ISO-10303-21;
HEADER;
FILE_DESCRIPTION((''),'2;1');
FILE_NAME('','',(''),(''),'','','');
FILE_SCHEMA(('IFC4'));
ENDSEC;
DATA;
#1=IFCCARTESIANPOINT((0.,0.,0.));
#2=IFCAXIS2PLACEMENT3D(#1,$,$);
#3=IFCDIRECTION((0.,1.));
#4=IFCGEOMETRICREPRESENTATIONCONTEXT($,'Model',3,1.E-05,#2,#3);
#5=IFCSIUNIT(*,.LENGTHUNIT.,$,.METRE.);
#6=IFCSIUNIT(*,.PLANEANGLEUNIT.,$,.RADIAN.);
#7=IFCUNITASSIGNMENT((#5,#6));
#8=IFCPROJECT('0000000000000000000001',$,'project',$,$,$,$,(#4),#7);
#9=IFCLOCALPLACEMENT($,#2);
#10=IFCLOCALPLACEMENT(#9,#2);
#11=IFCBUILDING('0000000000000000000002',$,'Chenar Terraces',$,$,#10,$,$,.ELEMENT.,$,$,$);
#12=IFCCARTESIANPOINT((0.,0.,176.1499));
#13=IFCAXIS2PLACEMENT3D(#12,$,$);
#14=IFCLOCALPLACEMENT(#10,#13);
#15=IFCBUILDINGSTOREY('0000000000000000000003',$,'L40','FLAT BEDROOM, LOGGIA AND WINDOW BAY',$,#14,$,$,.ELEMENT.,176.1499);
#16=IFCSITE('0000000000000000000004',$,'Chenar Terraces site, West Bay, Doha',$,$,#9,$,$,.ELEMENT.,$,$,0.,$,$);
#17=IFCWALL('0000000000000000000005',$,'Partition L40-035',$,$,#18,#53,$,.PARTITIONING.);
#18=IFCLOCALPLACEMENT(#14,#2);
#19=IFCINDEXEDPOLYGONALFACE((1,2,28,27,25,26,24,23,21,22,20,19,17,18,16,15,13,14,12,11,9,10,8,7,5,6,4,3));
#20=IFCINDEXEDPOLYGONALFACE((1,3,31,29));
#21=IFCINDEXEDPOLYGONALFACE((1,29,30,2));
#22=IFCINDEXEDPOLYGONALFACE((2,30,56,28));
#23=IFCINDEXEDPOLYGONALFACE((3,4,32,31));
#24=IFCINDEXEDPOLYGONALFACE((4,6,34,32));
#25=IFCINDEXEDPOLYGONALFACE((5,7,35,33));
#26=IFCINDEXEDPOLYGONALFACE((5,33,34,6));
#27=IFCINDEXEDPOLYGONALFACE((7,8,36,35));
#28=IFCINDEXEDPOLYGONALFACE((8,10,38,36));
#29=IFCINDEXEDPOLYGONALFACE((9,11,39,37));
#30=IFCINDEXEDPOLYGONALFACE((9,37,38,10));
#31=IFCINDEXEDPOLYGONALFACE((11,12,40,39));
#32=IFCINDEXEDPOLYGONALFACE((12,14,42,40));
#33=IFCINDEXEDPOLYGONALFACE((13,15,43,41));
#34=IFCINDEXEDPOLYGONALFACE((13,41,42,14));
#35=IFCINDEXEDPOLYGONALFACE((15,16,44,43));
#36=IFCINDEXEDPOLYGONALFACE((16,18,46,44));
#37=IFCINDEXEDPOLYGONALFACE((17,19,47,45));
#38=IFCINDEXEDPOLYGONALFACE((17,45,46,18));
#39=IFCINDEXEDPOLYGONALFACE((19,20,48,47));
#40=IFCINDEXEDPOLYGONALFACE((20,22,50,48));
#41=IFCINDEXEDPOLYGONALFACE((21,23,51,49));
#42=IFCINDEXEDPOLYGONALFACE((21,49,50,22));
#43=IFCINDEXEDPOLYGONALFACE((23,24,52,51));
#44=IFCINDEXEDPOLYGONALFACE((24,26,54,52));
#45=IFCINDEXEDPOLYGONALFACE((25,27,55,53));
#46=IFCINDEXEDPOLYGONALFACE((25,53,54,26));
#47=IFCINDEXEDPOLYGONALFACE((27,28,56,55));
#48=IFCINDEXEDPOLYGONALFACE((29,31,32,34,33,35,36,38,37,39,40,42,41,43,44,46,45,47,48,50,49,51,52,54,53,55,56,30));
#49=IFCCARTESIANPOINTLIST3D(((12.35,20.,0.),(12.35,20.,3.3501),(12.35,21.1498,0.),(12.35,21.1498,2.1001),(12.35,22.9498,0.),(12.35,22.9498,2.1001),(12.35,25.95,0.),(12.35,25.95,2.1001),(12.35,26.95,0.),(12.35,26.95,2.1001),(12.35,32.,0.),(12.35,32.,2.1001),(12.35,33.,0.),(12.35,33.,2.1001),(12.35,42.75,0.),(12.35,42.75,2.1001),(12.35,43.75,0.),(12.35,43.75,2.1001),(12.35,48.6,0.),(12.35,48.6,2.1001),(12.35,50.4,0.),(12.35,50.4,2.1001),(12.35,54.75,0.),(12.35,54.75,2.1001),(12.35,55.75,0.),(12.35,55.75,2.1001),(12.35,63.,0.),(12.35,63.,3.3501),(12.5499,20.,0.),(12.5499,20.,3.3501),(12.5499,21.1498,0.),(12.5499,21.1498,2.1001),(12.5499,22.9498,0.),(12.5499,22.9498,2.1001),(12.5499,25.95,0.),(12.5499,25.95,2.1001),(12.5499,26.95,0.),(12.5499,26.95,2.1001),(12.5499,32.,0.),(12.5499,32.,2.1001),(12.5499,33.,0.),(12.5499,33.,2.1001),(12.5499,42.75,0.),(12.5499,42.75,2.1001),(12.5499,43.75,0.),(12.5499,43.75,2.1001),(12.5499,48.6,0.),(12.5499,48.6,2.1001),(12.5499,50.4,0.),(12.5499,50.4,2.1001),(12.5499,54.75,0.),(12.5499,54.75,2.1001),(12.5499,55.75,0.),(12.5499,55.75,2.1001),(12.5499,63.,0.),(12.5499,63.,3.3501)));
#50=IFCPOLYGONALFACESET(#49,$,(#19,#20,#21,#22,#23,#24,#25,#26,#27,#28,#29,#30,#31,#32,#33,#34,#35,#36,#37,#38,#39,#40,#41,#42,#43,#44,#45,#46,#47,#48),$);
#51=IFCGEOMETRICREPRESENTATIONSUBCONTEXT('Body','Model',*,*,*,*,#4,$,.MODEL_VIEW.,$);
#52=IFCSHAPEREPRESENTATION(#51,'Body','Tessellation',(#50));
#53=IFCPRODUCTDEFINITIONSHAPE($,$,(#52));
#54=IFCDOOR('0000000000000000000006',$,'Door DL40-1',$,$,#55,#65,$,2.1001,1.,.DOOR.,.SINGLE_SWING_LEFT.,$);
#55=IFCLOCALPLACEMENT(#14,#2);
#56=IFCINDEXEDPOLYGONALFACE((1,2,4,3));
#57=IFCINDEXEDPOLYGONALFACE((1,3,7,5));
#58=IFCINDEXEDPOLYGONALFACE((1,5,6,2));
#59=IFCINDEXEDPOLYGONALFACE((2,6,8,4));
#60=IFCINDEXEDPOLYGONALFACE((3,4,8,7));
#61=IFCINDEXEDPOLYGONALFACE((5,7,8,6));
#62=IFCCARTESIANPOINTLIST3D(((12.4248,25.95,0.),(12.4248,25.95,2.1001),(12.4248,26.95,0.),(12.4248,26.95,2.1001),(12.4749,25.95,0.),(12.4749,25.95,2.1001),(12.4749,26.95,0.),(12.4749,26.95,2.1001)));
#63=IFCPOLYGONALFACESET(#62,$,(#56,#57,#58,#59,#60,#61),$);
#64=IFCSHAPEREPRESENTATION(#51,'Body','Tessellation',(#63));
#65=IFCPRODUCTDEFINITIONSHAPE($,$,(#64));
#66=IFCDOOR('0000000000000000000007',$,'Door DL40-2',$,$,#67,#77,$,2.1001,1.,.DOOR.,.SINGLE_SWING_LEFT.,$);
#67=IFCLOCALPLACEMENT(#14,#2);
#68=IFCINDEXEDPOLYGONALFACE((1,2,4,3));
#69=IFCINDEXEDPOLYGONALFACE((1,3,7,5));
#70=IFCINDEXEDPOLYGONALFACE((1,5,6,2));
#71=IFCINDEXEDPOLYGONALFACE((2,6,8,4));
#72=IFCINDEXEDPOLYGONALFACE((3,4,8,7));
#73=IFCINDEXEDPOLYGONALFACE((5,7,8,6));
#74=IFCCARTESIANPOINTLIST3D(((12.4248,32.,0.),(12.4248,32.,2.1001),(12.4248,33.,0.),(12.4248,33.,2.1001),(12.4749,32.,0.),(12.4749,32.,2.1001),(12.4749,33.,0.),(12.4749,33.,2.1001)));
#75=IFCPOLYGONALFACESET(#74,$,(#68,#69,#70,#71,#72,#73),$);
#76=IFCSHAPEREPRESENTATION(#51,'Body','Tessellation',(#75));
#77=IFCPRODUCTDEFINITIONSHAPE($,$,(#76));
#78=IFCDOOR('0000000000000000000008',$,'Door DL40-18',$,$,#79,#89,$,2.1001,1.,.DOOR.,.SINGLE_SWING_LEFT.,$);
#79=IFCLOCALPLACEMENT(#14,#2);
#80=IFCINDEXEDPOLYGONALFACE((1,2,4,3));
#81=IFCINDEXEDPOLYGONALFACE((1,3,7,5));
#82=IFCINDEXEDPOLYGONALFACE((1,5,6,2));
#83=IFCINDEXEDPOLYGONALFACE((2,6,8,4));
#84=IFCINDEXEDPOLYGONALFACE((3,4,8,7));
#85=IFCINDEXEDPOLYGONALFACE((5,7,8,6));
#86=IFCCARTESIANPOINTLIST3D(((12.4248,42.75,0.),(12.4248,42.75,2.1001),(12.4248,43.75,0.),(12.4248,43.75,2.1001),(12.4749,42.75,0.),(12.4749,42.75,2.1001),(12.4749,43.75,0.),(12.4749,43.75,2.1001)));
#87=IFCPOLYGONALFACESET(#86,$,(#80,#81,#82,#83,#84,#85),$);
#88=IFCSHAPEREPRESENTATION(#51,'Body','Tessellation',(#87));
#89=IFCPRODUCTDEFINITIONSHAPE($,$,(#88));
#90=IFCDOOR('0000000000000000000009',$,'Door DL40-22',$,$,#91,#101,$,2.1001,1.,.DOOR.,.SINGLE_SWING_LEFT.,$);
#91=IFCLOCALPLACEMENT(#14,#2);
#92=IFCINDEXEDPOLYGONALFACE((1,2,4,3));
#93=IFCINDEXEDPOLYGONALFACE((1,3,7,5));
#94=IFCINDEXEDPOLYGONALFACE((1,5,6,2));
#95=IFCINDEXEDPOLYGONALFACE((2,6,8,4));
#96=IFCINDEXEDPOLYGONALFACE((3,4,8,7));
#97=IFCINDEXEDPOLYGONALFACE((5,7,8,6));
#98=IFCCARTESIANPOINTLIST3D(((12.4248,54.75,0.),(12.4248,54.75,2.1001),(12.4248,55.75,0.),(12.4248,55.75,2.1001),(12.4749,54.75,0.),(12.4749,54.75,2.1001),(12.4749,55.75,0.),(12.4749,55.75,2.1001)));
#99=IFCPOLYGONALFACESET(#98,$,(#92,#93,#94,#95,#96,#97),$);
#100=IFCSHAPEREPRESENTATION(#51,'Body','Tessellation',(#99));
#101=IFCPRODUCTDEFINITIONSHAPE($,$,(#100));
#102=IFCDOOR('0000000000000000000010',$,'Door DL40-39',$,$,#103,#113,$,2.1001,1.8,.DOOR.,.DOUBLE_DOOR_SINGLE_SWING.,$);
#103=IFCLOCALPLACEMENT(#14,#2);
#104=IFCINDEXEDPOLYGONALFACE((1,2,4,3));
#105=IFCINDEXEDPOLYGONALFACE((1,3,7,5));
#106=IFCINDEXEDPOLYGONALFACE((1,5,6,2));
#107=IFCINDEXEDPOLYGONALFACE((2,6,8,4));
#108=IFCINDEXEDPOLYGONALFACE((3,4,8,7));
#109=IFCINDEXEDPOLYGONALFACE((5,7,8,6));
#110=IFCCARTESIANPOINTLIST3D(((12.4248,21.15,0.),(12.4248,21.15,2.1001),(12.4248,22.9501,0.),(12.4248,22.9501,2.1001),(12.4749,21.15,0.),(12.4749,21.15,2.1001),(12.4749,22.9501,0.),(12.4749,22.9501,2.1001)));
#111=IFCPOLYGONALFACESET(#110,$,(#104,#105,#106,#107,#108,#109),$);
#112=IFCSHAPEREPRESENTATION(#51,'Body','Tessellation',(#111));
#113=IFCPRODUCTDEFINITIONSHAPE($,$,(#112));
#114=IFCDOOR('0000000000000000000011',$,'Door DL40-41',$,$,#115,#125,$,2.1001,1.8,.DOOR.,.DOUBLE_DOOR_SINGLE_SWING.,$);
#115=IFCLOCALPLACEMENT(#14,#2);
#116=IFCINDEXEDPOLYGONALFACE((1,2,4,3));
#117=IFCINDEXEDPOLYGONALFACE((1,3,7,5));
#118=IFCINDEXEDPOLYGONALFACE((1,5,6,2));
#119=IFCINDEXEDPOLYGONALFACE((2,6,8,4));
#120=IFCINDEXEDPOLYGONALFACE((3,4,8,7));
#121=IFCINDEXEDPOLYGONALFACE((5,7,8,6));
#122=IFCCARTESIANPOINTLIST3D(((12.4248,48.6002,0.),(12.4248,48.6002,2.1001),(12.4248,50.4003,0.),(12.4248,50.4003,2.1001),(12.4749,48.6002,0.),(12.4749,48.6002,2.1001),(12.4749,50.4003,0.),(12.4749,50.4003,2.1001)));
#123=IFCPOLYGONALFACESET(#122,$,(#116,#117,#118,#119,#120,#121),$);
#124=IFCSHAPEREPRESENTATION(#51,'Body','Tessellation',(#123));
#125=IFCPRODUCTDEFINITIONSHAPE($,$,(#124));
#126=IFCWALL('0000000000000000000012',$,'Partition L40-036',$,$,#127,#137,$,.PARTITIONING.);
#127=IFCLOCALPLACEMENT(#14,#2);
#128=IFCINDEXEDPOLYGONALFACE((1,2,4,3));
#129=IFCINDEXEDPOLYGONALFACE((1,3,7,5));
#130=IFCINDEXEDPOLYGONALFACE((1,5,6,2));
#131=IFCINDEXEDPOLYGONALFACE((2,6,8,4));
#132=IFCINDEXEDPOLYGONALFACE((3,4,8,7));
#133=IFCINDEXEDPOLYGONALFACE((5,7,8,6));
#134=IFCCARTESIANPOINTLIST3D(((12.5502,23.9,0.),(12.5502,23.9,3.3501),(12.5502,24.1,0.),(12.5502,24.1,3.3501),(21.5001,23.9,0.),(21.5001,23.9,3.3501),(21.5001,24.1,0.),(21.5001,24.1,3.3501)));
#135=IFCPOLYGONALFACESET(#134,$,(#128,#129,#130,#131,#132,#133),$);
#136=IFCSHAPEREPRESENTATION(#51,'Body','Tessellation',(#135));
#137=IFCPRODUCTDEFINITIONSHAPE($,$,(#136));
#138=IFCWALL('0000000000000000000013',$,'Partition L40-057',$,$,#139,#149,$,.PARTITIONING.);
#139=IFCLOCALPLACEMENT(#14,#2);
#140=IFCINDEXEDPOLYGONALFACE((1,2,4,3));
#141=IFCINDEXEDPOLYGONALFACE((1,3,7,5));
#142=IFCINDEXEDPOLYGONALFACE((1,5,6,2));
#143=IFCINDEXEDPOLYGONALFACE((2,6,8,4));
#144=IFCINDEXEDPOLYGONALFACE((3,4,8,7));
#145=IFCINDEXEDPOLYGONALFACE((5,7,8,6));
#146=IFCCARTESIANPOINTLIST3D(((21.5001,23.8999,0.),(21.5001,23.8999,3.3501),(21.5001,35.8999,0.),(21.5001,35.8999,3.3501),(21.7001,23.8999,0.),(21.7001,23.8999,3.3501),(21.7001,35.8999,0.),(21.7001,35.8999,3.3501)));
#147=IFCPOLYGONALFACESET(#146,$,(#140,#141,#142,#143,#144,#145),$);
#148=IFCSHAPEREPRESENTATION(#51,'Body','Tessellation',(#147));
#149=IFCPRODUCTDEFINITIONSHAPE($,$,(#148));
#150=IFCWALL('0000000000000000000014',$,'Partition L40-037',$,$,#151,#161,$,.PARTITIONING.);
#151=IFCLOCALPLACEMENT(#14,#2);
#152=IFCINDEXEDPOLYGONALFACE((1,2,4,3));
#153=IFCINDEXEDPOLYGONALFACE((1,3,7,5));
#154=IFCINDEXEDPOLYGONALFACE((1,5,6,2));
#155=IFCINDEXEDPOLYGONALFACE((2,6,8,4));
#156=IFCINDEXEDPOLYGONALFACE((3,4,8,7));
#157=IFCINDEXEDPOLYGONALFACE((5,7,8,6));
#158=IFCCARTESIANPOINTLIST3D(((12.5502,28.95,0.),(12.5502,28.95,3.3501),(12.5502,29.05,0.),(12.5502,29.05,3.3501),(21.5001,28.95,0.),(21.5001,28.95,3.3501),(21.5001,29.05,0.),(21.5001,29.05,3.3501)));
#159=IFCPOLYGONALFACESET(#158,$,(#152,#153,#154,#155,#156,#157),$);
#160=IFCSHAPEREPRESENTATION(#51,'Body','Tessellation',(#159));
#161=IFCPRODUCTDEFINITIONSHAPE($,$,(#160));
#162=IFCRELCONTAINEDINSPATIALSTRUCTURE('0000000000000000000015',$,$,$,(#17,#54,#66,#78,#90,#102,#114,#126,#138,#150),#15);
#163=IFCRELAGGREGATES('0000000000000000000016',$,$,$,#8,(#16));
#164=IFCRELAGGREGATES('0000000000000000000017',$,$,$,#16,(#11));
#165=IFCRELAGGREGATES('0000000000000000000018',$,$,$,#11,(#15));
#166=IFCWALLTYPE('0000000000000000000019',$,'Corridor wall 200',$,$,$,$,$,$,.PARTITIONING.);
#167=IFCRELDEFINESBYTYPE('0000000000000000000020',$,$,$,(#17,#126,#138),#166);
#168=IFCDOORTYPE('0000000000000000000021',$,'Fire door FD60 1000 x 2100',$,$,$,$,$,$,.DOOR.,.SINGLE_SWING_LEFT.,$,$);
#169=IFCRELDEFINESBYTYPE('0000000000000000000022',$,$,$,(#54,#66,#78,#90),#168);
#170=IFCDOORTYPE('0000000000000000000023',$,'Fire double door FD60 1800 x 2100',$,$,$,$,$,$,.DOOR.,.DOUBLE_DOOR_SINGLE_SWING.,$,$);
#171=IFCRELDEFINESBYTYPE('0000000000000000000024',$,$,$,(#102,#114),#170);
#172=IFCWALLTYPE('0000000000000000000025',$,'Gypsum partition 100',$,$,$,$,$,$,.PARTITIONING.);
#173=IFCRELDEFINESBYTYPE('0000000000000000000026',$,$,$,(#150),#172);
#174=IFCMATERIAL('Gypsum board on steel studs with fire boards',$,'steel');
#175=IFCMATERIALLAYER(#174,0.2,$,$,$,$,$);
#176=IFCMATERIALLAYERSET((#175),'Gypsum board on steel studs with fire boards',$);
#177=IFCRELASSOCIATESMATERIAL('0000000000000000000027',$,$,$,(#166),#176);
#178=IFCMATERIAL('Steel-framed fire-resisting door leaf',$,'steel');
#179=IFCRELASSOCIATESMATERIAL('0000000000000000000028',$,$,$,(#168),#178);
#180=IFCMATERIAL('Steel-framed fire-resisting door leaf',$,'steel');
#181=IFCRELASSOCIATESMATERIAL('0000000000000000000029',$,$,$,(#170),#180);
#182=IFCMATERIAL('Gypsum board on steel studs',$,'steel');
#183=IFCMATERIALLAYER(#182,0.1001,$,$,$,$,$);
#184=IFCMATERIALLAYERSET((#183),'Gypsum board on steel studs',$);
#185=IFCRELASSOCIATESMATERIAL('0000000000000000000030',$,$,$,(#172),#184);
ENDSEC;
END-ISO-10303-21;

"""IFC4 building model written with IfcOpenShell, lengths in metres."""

from ifc_helpers import new_model, si_unit, direction, frame, frame_2d, origin, place, context, subcontext, project, spatial, rectangle, extrude, material, layer, layer_set, type_object, element, fill, save


model = new_model("IFC4")

# Units and contexts
model_context = context("Model", 3, precision=1e-05, world=origin(), true_north=direction((0.0, 1.0)))
body_context = subcontext(model_context, "Body", "Model", "MODEL_VIEW")
ifc_project = project(units=[si_unit("LENGTHUNIT", "METRE"), si_unit("PLANEANGLEUNIT", "RADIAN")], contexts=[model_context])

# Site, building, storey
site_placement = place(None, origin())
site = spatial("IfcSite", under=ifc_project, at=site_placement, Name="Chenar Terraces site, West Bay, Doha", CompositionType="ELEMENT", RefElevation=0.0)
building_placement = place(site_placement, origin())
building = spatial("IfcBuilding", under=site, at=building_placement, Name="Chenar Terraces", CompositionType="ELEMENT")
storey_placement = place(building_placement, frame((0.0, 0.0, 176.1499)))
storey = spatial("IfcBuildingStorey", under=building, at=storey_placement, Name="L40", Description="FLAT BEDROOM, LOGGIA AND WINDOW BAY", CompositionType="ELEMENT", Elevation=176.1499)

# Wall, openings, doors
ifc_material_1 = material(Name="Gypsum board on steel studs with fire boards", Category="steel")
ifc_layer_1 = layer(ifc_material_1, 0.2)
ifc_layer_set_1 = layer_set([ifc_layer_1], Name="Gypsum board on steel studs with fire boards")
wall_type_1 = type_object("IfcWallType", Name="Corridor wall 200", PredefinedType="PARTITIONING", material=ifc_layer_set_1)
wall_1_placement = place(storey_placement, frame((12.45, 20.0, 0.0), z_axis=(0.0, 0.0, 1.0), x_axis=(0.0, 1.0, 0.0)))
wall_1 = element("IfcWall", 1, at=wall_1_placement, inside=storey, type_object=wall_type_1, Name="Partition L40-035", PredefinedType="PARTITIONING", context=body_context, shape_type="SweptSolid", body=[
    extrude(rectangle(XDim=43.0, YDim=0.2, at=frame_2d((21.5, 0.0))), origin(), (0.0, 0.0, 1.0), 3.3501),
])
opening_1_placement = place(wall_1_placement, frame((5.95, 0.0, 0.0)))
opening_1 = element("IfcOpeningElement", 2, at=opening_1_placement, cuts=wall_1, PredefinedType="OPENING", context=body_context, shape_type="SweptSolid", body=[
    extrude(rectangle(XDim=1.0, YDim=2.1001, at=frame_2d((0.5, 1.05))), frame((0.0, 0.1099, 0.0), z_axis=(0.0, -1.0, 0.0), x_axis=(1.0, 0.0, 0.0)), (0.0, 0.0, 1.0), 0.22),
])
opening_2_placement = place(wall_1_placement, frame((12.0, 0.0, 0.0)))
opening_2 = element("IfcOpeningElement", 3, at=opening_2_placement, cuts=wall_1, PredefinedType="OPENING", context=body_context, shape_type="SweptSolid", body=[
    extrude(rectangle(XDim=1.0, YDim=2.1001, at=frame_2d((0.5, 1.05))), frame((0.0, 0.1099, 0.0), z_axis=(0.0, -1.0, 0.0), x_axis=(1.0, 0.0, 0.0)), (0.0, 0.0, 1.0), 0.22),
])
opening_3_placement = place(wall_1_placement, frame((22.75, 0.0, 0.0)))
opening_3 = element("IfcOpeningElement", 4, at=opening_3_placement, cuts=wall_1, PredefinedType="OPENING", context=body_context, shape_type="SweptSolid", body=[
    extrude(rectangle(XDim=1.0, YDim=2.1001, at=frame_2d((0.5, 1.05))), frame((0.0, 0.1099, 0.0), z_axis=(0.0, -1.0, 0.0), x_axis=(1.0, 0.0, 0.0)), (0.0, 0.0, 1.0), 0.22),
])
opening_4_placement = place(wall_1_placement, frame((34.75, 0.0, 0.0)))
opening_4 = element("IfcOpeningElement", 5, at=opening_4_placement, cuts=wall_1, PredefinedType="OPENING", context=body_context, shape_type="SweptSolid", body=[
    extrude(rectangle(XDim=1.0, YDim=2.1001, at=frame_2d((0.5, 1.05))), frame((0.0, 0.1099, 0.0), z_axis=(0.0, -1.0, 0.0), x_axis=(1.0, 0.0, 0.0)), (0.0, 0.0, 1.0), 0.22),
])
opening_5_placement = place(wall_1_placement, frame((1.1499, 0.0, 0.0)))
opening_5 = element("IfcOpeningElement", 6, at=opening_5_placement, cuts=wall_1, PredefinedType="OPENING", context=body_context, shape_type="SweptSolid", body=[
    extrude(rectangle(XDim=1.8, YDim=2.1001, at=frame_2d((0.8999, 1.05))), frame((0.0, 0.1099, 0.0), z_axis=(0.0, -1.0, 0.0), x_axis=(1.0, 0.0, 0.0)), (0.0, 0.0, 1.0), 0.22),
])
opening_6_placement = place(wall_1_placement, frame((28.6001, 0.0, 0.0)))
opening_6 = element("IfcOpeningElement", 7, at=opening_6_placement, cuts=wall_1, PredefinedType="OPENING", context=body_context, shape_type="SweptSolid", body=[
    extrude(rectangle(XDim=1.8, YDim=2.1001, at=frame_2d((0.8999, 1.05))), frame((0.0, 0.1099, 0.0), z_axis=(0.0, -1.0, 0.0), x_axis=(1.0, 0.0, 0.0)), (0.0, 0.0, 1.0), 0.22),
])
ifc_material_2 = material(Name="Steel-framed fire-resisting door leaf", Category="steel")
door_type_1 = type_object("IfcDoorType", Name="Fire door FD60 1000 x 2100", OperationType="SINGLE_SWING_LEFT", PredefinedType="DOOR", material=ifc_material_2)
door_1_placement = place(opening_1_placement, frame((1.0, 0.0, 0.0), z_axis=(0.0, 0.0, 1.0), x_axis=(-1.0, 0.0, 0.0)))
door_1 = element("IfcDoor", 8, at=door_1_placement, inside=storey, type_object=door_type_1, Name="Door DL40-1", OperationType="SINGLE_SWING_LEFT", OverallHeight=2.1001, OverallWidth=1.0, PredefinedType="DOOR", context=body_context, shape_type="SweptSolid", body=[
    extrude(rectangle(XDim=1.0, YDim=2.1001, at=frame_2d((0.5, 1.05))), frame((0.0, 0.0249, 0.0), z_axis=(0.0, -1.0, 0.0), x_axis=(1.0, 0.0, 0.0)), (0.0, 0.0, 1.0), 0.05),
])
fill(opening_1, door_1)
door_2_placement = place(opening_2_placement, frame((1.0, 0.0, 0.0), z_axis=(0.0, 0.0, 1.0), x_axis=(-1.0, 0.0, 0.0)))
door_2 = element("IfcDoor", 9, at=door_2_placement, inside=storey, type_object=door_type_1, Name="Door DL40-2", OperationType="SINGLE_SWING_LEFT", OverallHeight=2.1001, OverallWidth=1.0, PredefinedType="DOOR", context=body_context, shape_type="SweptSolid", body=[
    extrude(rectangle(XDim=1.0, YDim=2.1001, at=frame_2d((0.5, 1.05))), frame((0.0, 0.0249, 0.0), z_axis=(0.0, -1.0, 0.0), x_axis=(1.0, 0.0, 0.0)), (0.0, 0.0, 1.0), 0.05),
])
fill(opening_2, door_2)
door_3_placement = place(opening_3_placement, frame((1.0, 0.0, 0.0), z_axis=(0.0, 0.0, 1.0), x_axis=(-1.0, 0.0, 0.0)))
door_3 = element("IfcDoor", 10, at=door_3_placement, inside=storey, type_object=door_type_1, Name="Door DL40-18", OperationType="SINGLE_SWING_LEFT", OverallHeight=2.1001, OverallWidth=1.0, PredefinedType="DOOR", context=body_context, shape_type="SweptSolid", body=[
    extrude(rectangle(XDim=1.0, YDim=2.1001, at=frame_2d((0.5, 1.05))), frame((0.0, 0.0249, 0.0), z_axis=(0.0, -1.0, 0.0), x_axis=(1.0, 0.0, 0.0)), (0.0, 0.0, 1.0), 0.05),
])
fill(opening_3, door_3)
door_4_placement = place(opening_4_placement, frame((1.0, 0.0, 0.0), z_axis=(0.0, 0.0, 1.0), x_axis=(-1.0, 0.0, 0.0)))
door_4 = element("IfcDoor", 11, at=door_4_placement, inside=storey, type_object=door_type_1, Name="Door DL40-22", OperationType="SINGLE_SWING_LEFT", OverallHeight=2.1001, OverallWidth=1.0, PredefinedType="DOOR", context=body_context, shape_type="SweptSolid", body=[
    extrude(rectangle(XDim=1.0, YDim=2.1001, at=frame_2d((0.5, 1.05))), frame((0.0, 0.0249, 0.0), z_axis=(0.0, -1.0, 0.0), x_axis=(1.0, 0.0, 0.0)), (0.0, 0.0, 1.0), 0.05),
])
fill(opening_4, door_4)
ifc_material_3 = material(Name="Steel-framed fire-resisting door leaf", Category="steel")
door_type_2 = type_object("IfcDoorType", Name="Fire double door FD60 1800 x 2100", OperationType="DOUBLE_DOOR_SINGLE_SWING", PredefinedType="DOOR", material=ifc_material_3)
door_5_placement = place(opening_5_placement, frame((1.8, 0.0, 0.0), z_axis=(0.0, 0.0, 1.0), x_axis=(-1.0, 0.0, 0.0)))
door_5 = element("IfcDoor", 12, at=door_5_placement, inside=storey, type_object=door_type_2, Name="Door DL40-39", OperationType="DOUBLE_DOOR_SINGLE_SWING", OverallHeight=2.1001, OverallWidth=1.8, PredefinedType="DOOR", context=body_context, shape_type="SweptSolid", body=[
    extrude(rectangle(XDim=1.8, YDim=2.1001, at=frame_2d((0.8999, 1.05))), frame((0.0, 0.0249, 0.0), z_axis=(0.0, -1.0, 0.0), x_axis=(1.0, 0.0, 0.0)), (0.0, 0.0, 1.0), 0.05),
])
fill(opening_5, door_5)
door_6_placement = place(opening_6_placement, frame((1.8, 0.0, 0.0), z_axis=(0.0, 0.0, 1.0), x_axis=(-1.0, 0.0, 0.0)))
door_6 = element("IfcDoor", 13, at=door_6_placement, inside=storey, type_object=door_type_2, Name="Door DL40-41", OperationType="DOUBLE_DOOR_SINGLE_SWING", OverallHeight=2.1001, OverallWidth=1.8, PredefinedType="DOOR", context=body_context, shape_type="SweptSolid", body=[
    extrude(rectangle(XDim=1.8, YDim=2.1001, at=frame_2d((0.8999, 1.05))), frame((0.0, 0.0249, 0.0), z_axis=(0.0, -1.0, 0.0), x_axis=(1.0, 0.0, 0.0)), (0.0, 0.0, 1.0), 0.05),
])
fill(opening_6, door_6)

# Walls
wall_2_placement = place(storey_placement, frame((12.55, 24.0, 0.0), z_axis=(0.0, 0.0, 1.0), x_axis=(1.0, 0.0, 0.0)))
element("IfcWall", 14, at=wall_2_placement, inside=storey, type_object=wall_type_1, Name="Partition L40-036", PredefinedType="PARTITIONING", context=body_context, shape_type="SweptSolid", body=[
    extrude(rectangle(XDim=8.95, YDim=0.2, at=frame_2d((4.4751, 0.0))), origin(), (0.0, 0.0, 1.0), 3.3501),
])
wall_3_placement = place(storey_placement, frame((21.6001, 23.8999, 0.0), z_axis=(0.0, 0.0, 1.0), x_axis=(0.0, 1.0, 0.0)))
element("IfcWall", 15, at=wall_3_placement, inside=storey, type_object=wall_type_1, Name="Partition L40-057", PredefinedType="PARTITIONING", context=body_context, shape_type="SweptSolid", body=[
    extrude(rectangle(XDim=12.0, YDim=0.2, at=frame_2d((6.0, 0.0))), origin(), (0.0, 0.0, 1.0), 3.3501),
])
ifc_material_4 = material(Name="Gypsum board on steel studs", Category="steel")
ifc_layer_2 = layer(ifc_material_4, 0.1001)
ifc_layer_set_2 = layer_set([ifc_layer_2], Name="Gypsum board on steel studs")
wall_type_2 = type_object("IfcWallType", Name="Gypsum partition 100", PredefinedType="PARTITIONING", material=ifc_layer_set_2)
wall_4_placement = place(storey_placement, frame((12.55, 29.0, 0.0), z_axis=(0.0, 0.0, 1.0), x_axis=(1.0, 0.0, 0.0)))
element("IfcWall", 16, at=wall_4_placement, inside=storey, type_object=wall_type_2, Name="Partition L40-037", PredefinedType="PARTITIONING", context=body_context, shape_type="SweptSolid", body=[
    extrude(rectangle(XDim=8.95, YDim=0.1001, at=frame_2d((4.4751, 0.0))), origin(), (0.0, 0.0, 1.0), 3.3501),
])

save(model, "model.ifc")
